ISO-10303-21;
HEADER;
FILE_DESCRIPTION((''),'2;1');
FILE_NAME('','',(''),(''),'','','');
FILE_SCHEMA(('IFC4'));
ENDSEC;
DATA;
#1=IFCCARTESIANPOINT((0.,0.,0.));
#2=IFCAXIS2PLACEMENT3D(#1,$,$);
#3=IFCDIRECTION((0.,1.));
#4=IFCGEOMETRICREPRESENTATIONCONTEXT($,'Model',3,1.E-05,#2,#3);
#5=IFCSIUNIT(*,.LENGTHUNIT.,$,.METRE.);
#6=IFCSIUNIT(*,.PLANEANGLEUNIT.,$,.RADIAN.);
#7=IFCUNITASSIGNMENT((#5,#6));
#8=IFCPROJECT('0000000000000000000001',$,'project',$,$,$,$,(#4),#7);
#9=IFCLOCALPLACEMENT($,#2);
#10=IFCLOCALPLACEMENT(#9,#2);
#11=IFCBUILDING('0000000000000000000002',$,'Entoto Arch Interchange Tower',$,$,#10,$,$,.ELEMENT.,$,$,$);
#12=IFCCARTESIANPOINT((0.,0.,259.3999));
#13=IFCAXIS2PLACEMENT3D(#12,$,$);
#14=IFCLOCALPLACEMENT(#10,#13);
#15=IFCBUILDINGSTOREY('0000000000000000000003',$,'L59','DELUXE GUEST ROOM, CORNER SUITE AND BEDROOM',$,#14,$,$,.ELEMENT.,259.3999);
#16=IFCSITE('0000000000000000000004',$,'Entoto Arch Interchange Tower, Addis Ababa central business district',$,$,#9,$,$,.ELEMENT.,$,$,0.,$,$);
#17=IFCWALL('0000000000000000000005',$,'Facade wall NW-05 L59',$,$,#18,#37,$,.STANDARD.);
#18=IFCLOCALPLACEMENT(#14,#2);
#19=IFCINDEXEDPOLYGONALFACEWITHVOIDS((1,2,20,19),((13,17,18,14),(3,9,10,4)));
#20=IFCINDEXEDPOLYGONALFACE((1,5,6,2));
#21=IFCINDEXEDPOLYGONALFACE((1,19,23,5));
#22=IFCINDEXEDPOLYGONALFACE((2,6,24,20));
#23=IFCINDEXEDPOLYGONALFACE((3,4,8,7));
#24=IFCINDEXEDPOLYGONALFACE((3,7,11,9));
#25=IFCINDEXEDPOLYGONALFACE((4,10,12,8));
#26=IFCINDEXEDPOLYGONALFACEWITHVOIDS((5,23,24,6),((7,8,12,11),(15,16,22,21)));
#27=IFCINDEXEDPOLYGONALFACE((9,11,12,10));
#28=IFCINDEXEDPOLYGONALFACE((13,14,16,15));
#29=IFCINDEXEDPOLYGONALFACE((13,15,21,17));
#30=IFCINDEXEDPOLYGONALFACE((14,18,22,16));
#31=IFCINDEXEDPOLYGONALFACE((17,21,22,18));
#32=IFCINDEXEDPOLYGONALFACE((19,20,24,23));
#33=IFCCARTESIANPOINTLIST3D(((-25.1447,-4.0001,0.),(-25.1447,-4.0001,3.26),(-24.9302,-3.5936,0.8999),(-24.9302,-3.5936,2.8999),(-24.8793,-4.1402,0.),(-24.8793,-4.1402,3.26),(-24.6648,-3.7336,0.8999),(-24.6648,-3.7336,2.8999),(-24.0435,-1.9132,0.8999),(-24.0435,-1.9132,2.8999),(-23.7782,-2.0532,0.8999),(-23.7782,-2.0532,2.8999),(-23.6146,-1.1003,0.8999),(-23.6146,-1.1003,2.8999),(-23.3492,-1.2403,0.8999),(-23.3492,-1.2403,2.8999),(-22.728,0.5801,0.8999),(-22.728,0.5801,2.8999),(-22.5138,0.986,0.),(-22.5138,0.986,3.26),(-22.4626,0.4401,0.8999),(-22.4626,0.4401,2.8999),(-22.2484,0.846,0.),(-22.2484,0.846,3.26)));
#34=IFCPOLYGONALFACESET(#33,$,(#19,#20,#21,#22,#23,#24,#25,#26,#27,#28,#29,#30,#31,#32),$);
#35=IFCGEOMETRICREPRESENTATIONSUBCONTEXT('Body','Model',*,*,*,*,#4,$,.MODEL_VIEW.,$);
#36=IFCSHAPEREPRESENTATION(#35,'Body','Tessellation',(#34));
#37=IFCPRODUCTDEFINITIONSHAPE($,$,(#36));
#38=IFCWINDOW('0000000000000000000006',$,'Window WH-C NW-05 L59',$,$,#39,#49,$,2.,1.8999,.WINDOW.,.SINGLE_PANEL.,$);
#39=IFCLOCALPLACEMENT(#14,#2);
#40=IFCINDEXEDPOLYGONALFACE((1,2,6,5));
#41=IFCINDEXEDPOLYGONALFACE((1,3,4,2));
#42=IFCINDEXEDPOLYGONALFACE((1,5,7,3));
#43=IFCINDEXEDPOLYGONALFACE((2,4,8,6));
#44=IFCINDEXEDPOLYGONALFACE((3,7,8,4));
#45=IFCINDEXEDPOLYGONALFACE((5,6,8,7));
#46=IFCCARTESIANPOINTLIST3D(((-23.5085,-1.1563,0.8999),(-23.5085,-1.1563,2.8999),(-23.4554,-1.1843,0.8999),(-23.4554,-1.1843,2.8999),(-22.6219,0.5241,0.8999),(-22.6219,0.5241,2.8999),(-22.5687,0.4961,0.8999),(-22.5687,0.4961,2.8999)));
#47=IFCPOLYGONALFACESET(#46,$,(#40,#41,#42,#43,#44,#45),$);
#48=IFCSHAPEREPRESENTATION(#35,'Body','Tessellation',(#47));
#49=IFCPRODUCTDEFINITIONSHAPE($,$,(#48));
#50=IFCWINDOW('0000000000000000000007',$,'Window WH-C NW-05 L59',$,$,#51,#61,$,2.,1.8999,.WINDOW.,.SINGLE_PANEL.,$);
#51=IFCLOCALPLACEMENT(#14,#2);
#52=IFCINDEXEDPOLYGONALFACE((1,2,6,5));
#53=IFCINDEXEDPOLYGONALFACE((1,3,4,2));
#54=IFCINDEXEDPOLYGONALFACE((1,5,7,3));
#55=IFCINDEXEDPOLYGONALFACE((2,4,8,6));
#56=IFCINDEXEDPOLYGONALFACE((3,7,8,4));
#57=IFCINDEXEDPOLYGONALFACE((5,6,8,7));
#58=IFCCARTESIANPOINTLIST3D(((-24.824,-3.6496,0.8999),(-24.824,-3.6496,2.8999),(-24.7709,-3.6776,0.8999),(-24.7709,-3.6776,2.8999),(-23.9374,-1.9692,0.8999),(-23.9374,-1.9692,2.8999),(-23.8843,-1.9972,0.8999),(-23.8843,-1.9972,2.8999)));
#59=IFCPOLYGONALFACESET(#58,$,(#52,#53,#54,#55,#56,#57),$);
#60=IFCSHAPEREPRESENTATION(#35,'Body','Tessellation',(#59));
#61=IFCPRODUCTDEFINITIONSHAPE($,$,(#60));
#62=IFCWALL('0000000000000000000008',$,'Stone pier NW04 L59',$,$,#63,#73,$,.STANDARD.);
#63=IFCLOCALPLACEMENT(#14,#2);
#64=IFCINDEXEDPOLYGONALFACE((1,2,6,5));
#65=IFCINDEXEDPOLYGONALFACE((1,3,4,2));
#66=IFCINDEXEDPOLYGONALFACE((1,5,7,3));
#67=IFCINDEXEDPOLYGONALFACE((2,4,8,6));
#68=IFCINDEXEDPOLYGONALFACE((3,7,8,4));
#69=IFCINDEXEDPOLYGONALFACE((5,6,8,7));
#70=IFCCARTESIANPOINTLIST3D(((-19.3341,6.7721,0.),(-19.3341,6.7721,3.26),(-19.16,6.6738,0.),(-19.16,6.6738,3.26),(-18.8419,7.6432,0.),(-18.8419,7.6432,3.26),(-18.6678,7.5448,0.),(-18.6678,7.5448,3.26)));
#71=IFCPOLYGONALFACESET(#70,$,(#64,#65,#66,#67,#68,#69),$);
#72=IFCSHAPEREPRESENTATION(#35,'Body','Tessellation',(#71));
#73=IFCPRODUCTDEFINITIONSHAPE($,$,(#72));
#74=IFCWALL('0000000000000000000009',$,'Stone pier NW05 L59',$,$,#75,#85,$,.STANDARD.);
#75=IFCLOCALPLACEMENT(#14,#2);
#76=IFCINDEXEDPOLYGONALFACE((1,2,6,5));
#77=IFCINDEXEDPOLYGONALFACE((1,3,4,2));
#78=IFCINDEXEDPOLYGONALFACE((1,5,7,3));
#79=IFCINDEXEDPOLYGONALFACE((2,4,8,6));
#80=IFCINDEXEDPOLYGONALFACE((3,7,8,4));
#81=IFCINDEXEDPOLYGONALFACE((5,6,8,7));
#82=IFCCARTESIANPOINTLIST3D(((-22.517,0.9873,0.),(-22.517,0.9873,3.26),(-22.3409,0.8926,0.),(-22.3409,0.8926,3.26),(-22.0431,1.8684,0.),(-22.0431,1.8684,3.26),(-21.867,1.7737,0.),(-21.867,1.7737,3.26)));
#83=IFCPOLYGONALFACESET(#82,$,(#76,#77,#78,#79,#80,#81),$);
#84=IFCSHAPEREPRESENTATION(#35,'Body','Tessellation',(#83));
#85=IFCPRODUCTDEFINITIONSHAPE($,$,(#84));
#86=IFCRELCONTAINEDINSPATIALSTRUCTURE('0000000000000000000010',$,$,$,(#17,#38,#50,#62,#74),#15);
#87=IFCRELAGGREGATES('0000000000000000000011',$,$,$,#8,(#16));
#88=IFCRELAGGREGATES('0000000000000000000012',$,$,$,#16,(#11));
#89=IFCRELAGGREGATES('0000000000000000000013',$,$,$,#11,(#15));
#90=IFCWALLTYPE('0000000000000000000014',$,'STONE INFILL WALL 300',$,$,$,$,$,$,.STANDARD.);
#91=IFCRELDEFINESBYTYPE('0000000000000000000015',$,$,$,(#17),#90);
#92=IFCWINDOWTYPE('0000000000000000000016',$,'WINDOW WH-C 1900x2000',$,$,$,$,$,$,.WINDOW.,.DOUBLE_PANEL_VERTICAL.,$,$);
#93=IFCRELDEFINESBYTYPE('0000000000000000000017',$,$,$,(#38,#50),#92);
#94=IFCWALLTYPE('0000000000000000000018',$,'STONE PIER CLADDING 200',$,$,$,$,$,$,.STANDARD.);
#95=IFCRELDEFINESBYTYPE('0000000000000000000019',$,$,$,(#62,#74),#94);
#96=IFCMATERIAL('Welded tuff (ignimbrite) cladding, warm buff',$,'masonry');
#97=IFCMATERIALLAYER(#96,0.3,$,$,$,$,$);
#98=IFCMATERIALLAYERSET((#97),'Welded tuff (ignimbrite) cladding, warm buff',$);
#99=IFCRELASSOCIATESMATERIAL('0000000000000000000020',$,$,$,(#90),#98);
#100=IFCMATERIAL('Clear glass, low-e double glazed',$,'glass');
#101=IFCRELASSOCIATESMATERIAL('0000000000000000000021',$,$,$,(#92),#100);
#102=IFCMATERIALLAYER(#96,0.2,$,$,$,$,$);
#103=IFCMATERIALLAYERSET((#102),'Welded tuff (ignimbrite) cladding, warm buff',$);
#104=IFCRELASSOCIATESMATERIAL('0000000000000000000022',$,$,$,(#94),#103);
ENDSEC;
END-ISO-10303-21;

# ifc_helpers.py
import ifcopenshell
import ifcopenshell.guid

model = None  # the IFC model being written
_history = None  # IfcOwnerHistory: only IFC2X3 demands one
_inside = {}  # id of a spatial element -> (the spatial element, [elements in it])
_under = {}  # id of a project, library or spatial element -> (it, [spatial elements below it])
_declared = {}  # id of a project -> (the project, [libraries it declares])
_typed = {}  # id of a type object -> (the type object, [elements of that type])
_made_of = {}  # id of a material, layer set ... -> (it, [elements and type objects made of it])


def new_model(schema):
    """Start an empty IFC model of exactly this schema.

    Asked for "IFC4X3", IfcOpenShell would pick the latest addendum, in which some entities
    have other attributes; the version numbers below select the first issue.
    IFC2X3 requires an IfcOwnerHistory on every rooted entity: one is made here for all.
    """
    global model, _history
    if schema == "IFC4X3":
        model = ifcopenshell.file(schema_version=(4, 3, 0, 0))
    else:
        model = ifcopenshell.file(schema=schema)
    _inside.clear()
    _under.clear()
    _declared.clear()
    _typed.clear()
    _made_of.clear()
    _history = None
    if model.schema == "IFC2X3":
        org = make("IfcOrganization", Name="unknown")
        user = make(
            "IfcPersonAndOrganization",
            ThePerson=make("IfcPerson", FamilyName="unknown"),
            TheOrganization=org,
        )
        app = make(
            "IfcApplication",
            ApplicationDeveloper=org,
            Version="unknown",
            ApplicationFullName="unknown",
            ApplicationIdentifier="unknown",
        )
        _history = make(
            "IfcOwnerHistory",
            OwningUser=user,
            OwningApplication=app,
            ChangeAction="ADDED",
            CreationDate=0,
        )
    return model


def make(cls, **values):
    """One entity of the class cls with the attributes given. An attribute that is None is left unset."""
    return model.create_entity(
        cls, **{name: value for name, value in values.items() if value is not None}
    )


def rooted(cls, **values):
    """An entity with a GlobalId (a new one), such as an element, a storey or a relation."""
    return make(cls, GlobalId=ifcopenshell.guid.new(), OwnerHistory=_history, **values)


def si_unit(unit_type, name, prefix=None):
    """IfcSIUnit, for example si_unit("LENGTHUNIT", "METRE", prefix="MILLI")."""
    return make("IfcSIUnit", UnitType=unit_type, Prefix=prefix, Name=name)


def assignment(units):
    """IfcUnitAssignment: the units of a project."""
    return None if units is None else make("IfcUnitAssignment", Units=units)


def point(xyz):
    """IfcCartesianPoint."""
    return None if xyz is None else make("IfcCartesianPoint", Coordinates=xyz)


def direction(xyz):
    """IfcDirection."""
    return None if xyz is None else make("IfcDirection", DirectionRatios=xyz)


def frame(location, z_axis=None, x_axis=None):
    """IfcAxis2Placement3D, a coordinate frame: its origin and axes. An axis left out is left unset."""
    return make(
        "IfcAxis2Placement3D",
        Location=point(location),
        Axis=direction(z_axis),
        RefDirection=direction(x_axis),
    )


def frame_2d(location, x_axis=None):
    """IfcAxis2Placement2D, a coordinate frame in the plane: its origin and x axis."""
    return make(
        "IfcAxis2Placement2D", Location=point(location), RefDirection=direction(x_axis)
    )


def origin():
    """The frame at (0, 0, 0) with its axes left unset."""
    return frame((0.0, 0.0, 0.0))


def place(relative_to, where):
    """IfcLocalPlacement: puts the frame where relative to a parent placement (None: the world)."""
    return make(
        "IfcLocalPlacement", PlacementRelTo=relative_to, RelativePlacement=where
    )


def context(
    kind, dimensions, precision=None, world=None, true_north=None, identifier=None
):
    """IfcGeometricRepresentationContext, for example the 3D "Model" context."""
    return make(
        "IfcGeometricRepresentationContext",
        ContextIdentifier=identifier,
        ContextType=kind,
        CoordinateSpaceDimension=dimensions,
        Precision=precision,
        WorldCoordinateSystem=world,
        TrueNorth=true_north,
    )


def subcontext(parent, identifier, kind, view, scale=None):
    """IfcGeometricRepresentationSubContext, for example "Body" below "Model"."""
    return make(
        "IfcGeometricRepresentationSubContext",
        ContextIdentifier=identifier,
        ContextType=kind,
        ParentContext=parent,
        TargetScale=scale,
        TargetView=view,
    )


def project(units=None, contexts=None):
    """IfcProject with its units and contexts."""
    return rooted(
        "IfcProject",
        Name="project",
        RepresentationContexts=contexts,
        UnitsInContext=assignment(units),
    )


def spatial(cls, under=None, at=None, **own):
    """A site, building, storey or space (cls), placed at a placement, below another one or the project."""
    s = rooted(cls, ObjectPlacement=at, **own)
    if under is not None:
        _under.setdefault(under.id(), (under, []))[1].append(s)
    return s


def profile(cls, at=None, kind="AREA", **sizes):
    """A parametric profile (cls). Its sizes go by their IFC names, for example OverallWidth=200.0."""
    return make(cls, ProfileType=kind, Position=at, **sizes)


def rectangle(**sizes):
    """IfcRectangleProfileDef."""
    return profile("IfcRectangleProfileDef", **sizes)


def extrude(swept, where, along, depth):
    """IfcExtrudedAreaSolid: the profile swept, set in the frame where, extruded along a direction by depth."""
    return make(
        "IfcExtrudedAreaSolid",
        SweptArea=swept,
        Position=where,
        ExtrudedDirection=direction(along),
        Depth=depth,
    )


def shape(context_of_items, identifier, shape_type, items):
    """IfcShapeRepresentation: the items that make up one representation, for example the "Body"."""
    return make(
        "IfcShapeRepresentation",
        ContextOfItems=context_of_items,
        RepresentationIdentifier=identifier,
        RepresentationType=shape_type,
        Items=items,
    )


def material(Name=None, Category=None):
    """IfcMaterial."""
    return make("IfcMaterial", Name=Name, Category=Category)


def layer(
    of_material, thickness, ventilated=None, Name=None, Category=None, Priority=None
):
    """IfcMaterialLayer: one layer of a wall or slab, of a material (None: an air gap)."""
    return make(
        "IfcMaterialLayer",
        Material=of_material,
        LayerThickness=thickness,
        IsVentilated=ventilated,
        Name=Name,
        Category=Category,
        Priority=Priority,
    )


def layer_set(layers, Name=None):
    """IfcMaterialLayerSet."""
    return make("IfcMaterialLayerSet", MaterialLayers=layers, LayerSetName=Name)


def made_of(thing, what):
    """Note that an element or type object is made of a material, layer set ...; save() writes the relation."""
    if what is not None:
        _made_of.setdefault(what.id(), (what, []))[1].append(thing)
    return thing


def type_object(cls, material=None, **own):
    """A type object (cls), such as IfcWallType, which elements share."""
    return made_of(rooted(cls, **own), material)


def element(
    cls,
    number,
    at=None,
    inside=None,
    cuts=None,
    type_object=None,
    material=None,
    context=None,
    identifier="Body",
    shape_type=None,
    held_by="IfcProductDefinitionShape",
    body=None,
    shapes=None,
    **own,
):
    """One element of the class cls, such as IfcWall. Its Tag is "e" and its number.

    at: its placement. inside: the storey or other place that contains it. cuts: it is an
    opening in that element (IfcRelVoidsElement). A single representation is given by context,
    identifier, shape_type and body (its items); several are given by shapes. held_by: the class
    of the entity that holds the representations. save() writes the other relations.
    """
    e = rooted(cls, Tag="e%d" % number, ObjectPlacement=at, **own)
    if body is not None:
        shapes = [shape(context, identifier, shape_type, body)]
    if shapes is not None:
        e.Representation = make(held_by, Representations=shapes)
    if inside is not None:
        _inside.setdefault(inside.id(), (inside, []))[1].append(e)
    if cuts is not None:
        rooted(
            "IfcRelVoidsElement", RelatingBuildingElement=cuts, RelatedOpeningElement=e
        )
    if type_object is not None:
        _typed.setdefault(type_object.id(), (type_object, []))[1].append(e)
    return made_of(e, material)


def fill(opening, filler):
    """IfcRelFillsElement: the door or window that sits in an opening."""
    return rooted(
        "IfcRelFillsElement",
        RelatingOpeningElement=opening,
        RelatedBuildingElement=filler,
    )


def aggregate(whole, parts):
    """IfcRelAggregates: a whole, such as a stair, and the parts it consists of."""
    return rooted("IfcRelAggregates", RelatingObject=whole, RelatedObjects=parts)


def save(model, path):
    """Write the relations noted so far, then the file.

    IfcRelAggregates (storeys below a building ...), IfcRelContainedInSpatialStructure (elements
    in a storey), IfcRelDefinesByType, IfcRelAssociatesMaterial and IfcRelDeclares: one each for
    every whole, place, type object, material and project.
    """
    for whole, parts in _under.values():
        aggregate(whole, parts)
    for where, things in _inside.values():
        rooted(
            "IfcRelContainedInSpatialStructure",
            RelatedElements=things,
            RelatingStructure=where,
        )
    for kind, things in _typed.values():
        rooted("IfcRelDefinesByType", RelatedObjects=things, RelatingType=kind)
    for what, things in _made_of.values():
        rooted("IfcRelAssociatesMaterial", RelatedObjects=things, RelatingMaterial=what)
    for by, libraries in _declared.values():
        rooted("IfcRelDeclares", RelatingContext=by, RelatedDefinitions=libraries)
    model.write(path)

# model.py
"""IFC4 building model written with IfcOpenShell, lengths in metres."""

from ifc_helpers import new_model, si_unit, direction, frame, frame_2d, origin, place, context, subcontext, project, spatial, rectangle, extrude, material, layer, layer_set, type_object, element, fill, save


model = new_model("IFC4")

# Units and contexts
model_context = context("Model", 3, precision=1e-05, world=origin(), true_north=direction((0.0, 1.0)))
body_context = subcontext(model_context, "Body", "Model", "MODEL_VIEW")
ifc_project = project(units=[si_unit("LENGTHUNIT", "METRE"), si_unit("PLANEANGLEUNIT", "RADIAN")], contexts=[model_context])

# Site, building, storey
site_placement = place(None, origin())
site = spatial("IfcSite", under=ifc_project, at=site_placement, Name="Entoto Arch Interchange Tower, Addis Ababa central business district", CompositionType="ELEMENT", RefElevation=0.0)
building_placement = place(site_placement, origin())
building = spatial("IfcBuilding", under=site, at=building_placement, Name="Entoto Arch Interchange Tower", CompositionType="ELEMENT")
storey_placement = place(building_placement, frame((0.0, 0.0, 259.3999)))
storey = spatial("IfcBuildingStorey", under=building, at=storey_placement, Name="L59", Description="DELUXE GUEST ROOM, CORNER SUITE AND BEDROOM", CompositionType="ELEMENT", Elevation=259.3999)

# Shared definitions
ifc_material_1 = material(Name="Welded tuff (ignimbrite) cladding, warm buff", Category="masonry")
ifc_layer_1 = layer(ifc_material_1, 0.3)
ifc_layer_set_1 = layer_set([ifc_layer_1], Name="Welded tuff (ignimbrite) cladding, warm buff")
wall_type_1 = type_object("IfcWallType", Name="STONE INFILL WALL 300", PredefinedType="STANDARD", material=ifc_layer_set_1)
ifc_material_2 = material(Name="Clear glass, low-e double glazed", Category="glass")
window_type = type_object("IfcWindowType", Name="WINDOW WH-C 1900x2000", PartitioningType="DOUBLE_PANEL_VERTICAL", PredefinedType="WINDOW", material=ifc_material_2)

# Wall, openings, windows
wall_1_placement = place(storey_placement, frame((-22.3811, 0.916, 0.0), z_axis=(0.0, 0.0, 1.0), x_axis=(-0.466664, -0.884435, 0.0)))
wall_1 = element("IfcWall", 1, at=wall_1_placement, inside=storey, type_object=wall_type_1, Name="Facade wall NW-05 L59", PredefinedType="STANDARD", context=body_context, shape_type="SweptSolid", body=[
    extrude(rectangle(XDim=5.6377, YDim=0.3, at=frame_2d((2.8188, 0.0))), origin(), (0.0, 0.0, 1.0), 3.26),
])
opening_1_placement = place(wall_1_placement, frame((0.459, 0.0, 0.8999)))
opening_1 = element("IfcOpeningElement", 2, at=opening_1_placement, cuts=wall_1, PredefinedType="OPENING", context=body_context, shape_type="SweptSolid", body=[
    extrude(rectangle(XDim=1.8999, YDim=2.0, at=frame_2d((0.95, 1.0))), frame((0.0, 0.1602, 0.0), z_axis=(0.0, -1.0, 0.0), x_axis=(1.0, 0.0, 0.0)), (0.0, 0.0, 1.0), 0.3201),
])
opening_2_placement = place(wall_1_placement, frame((3.2781, 0.0, 0.8999)))
opening_2 = element("IfcOpeningElement", 3, at=opening_2_placement, cuts=wall_1, PredefinedType="OPENING", context=body_context, shape_type="SweptSolid", body=[
    extrude(rectangle(XDim=1.8999, YDim=2.0, at=frame_2d((0.95, 1.0))), frame((0.0, 0.1602, 0.0), z_axis=(0.0, -1.0, 0.0), x_axis=(1.0, 0.0, 0.0)), (0.0, 0.0, 1.0), 0.3201),
])
window_1_placement = place(opening_1_placement, origin())
window_1 = element("IfcWindow", 4, at=window_1_placement, inside=storey, type_object=window_type, Name="Window WH-C NW-05 L59", OverallHeight=2.0, OverallWidth=1.8999, PartitioningType="SINGLE_PANEL", PredefinedType="WINDOW", context=body_context, shape_type="SweptSolid", body=[
    extrude(rectangle(XDim=1.8999, YDim=2.0, at=frame_2d((0.95, 1.0))), frame((0.0, 0.03, 0.0), z_axis=(0.0, -1.0, 0.0), x_axis=(1.0, 0.0, 0.0)), (0.0, 0.0, 1.0), 0.0601),
])
fill(opening_1, window_1)
window_2_placement = place(opening_2_placement, origin())
window_2 = element("IfcWindow", 5, at=window_2_placement, inside=storey, type_object=window_type, Name="Window WH-C NW-05 L59", OverallHeight=2.0, OverallWidth=1.8999, PartitioningType="SINGLE_PANEL", PredefinedType="WINDOW", context=body_context, shape_type="SweptSolid", body=[
    extrude(rectangle(XDim=1.8999, YDim=2.0, at=frame_2d((0.95, 1.0))), frame((0.0, 0.03, 0.0), z_axis=(0.0, -1.0, 0.0), x_axis=(1.0, 0.0, 0.0)), (0.0, 0.0, 1.0), 0.0601),
])
fill(opening_2, window_2)

# Walls
ifc_layer_2 = layer(ifc_material_1, 0.2)
ifc_layer_set_2 = layer_set([ifc_layer_2], Name="Welded tuff (ignimbrite) cladding, warm buff")
wall_type_2 = type_object("IfcWallType", Name="STONE PIER CLADDING 200", PredefinedType="STANDARD", material=ifc_layer_set_2)
for number, where, z_axis, x_axis, name in (
    (6, (-18.7549, 7.594, 0.0), (0.0, 0.0, 1.0), (-0.491929, -0.870636, 0.0), "Stone pier NW04 L59"),
    (7, (-21.9551, 1.821, 0.0), (0.0, 0.0, 1.0), (-0.473663, -0.880706, 0.0), "Stone pier NW05 L59"),
):
    element("IfcWall", number, at=place(storey_placement, frame(where, z_axis=z_axis, x_axis=x_axis)), inside=storey, type_object=wall_type_2, Name=name, PredefinedType="STANDARD", context=body_context, shape_type="SweptSolid", body=[
        extrude(rectangle(XDim=1.0005, YDim=0.2, at=frame_2d((0.5002, 0.0))), origin(), (0.0, 0.0, 1.0), 3.26),
    ])

save(model, "model.ifc")
